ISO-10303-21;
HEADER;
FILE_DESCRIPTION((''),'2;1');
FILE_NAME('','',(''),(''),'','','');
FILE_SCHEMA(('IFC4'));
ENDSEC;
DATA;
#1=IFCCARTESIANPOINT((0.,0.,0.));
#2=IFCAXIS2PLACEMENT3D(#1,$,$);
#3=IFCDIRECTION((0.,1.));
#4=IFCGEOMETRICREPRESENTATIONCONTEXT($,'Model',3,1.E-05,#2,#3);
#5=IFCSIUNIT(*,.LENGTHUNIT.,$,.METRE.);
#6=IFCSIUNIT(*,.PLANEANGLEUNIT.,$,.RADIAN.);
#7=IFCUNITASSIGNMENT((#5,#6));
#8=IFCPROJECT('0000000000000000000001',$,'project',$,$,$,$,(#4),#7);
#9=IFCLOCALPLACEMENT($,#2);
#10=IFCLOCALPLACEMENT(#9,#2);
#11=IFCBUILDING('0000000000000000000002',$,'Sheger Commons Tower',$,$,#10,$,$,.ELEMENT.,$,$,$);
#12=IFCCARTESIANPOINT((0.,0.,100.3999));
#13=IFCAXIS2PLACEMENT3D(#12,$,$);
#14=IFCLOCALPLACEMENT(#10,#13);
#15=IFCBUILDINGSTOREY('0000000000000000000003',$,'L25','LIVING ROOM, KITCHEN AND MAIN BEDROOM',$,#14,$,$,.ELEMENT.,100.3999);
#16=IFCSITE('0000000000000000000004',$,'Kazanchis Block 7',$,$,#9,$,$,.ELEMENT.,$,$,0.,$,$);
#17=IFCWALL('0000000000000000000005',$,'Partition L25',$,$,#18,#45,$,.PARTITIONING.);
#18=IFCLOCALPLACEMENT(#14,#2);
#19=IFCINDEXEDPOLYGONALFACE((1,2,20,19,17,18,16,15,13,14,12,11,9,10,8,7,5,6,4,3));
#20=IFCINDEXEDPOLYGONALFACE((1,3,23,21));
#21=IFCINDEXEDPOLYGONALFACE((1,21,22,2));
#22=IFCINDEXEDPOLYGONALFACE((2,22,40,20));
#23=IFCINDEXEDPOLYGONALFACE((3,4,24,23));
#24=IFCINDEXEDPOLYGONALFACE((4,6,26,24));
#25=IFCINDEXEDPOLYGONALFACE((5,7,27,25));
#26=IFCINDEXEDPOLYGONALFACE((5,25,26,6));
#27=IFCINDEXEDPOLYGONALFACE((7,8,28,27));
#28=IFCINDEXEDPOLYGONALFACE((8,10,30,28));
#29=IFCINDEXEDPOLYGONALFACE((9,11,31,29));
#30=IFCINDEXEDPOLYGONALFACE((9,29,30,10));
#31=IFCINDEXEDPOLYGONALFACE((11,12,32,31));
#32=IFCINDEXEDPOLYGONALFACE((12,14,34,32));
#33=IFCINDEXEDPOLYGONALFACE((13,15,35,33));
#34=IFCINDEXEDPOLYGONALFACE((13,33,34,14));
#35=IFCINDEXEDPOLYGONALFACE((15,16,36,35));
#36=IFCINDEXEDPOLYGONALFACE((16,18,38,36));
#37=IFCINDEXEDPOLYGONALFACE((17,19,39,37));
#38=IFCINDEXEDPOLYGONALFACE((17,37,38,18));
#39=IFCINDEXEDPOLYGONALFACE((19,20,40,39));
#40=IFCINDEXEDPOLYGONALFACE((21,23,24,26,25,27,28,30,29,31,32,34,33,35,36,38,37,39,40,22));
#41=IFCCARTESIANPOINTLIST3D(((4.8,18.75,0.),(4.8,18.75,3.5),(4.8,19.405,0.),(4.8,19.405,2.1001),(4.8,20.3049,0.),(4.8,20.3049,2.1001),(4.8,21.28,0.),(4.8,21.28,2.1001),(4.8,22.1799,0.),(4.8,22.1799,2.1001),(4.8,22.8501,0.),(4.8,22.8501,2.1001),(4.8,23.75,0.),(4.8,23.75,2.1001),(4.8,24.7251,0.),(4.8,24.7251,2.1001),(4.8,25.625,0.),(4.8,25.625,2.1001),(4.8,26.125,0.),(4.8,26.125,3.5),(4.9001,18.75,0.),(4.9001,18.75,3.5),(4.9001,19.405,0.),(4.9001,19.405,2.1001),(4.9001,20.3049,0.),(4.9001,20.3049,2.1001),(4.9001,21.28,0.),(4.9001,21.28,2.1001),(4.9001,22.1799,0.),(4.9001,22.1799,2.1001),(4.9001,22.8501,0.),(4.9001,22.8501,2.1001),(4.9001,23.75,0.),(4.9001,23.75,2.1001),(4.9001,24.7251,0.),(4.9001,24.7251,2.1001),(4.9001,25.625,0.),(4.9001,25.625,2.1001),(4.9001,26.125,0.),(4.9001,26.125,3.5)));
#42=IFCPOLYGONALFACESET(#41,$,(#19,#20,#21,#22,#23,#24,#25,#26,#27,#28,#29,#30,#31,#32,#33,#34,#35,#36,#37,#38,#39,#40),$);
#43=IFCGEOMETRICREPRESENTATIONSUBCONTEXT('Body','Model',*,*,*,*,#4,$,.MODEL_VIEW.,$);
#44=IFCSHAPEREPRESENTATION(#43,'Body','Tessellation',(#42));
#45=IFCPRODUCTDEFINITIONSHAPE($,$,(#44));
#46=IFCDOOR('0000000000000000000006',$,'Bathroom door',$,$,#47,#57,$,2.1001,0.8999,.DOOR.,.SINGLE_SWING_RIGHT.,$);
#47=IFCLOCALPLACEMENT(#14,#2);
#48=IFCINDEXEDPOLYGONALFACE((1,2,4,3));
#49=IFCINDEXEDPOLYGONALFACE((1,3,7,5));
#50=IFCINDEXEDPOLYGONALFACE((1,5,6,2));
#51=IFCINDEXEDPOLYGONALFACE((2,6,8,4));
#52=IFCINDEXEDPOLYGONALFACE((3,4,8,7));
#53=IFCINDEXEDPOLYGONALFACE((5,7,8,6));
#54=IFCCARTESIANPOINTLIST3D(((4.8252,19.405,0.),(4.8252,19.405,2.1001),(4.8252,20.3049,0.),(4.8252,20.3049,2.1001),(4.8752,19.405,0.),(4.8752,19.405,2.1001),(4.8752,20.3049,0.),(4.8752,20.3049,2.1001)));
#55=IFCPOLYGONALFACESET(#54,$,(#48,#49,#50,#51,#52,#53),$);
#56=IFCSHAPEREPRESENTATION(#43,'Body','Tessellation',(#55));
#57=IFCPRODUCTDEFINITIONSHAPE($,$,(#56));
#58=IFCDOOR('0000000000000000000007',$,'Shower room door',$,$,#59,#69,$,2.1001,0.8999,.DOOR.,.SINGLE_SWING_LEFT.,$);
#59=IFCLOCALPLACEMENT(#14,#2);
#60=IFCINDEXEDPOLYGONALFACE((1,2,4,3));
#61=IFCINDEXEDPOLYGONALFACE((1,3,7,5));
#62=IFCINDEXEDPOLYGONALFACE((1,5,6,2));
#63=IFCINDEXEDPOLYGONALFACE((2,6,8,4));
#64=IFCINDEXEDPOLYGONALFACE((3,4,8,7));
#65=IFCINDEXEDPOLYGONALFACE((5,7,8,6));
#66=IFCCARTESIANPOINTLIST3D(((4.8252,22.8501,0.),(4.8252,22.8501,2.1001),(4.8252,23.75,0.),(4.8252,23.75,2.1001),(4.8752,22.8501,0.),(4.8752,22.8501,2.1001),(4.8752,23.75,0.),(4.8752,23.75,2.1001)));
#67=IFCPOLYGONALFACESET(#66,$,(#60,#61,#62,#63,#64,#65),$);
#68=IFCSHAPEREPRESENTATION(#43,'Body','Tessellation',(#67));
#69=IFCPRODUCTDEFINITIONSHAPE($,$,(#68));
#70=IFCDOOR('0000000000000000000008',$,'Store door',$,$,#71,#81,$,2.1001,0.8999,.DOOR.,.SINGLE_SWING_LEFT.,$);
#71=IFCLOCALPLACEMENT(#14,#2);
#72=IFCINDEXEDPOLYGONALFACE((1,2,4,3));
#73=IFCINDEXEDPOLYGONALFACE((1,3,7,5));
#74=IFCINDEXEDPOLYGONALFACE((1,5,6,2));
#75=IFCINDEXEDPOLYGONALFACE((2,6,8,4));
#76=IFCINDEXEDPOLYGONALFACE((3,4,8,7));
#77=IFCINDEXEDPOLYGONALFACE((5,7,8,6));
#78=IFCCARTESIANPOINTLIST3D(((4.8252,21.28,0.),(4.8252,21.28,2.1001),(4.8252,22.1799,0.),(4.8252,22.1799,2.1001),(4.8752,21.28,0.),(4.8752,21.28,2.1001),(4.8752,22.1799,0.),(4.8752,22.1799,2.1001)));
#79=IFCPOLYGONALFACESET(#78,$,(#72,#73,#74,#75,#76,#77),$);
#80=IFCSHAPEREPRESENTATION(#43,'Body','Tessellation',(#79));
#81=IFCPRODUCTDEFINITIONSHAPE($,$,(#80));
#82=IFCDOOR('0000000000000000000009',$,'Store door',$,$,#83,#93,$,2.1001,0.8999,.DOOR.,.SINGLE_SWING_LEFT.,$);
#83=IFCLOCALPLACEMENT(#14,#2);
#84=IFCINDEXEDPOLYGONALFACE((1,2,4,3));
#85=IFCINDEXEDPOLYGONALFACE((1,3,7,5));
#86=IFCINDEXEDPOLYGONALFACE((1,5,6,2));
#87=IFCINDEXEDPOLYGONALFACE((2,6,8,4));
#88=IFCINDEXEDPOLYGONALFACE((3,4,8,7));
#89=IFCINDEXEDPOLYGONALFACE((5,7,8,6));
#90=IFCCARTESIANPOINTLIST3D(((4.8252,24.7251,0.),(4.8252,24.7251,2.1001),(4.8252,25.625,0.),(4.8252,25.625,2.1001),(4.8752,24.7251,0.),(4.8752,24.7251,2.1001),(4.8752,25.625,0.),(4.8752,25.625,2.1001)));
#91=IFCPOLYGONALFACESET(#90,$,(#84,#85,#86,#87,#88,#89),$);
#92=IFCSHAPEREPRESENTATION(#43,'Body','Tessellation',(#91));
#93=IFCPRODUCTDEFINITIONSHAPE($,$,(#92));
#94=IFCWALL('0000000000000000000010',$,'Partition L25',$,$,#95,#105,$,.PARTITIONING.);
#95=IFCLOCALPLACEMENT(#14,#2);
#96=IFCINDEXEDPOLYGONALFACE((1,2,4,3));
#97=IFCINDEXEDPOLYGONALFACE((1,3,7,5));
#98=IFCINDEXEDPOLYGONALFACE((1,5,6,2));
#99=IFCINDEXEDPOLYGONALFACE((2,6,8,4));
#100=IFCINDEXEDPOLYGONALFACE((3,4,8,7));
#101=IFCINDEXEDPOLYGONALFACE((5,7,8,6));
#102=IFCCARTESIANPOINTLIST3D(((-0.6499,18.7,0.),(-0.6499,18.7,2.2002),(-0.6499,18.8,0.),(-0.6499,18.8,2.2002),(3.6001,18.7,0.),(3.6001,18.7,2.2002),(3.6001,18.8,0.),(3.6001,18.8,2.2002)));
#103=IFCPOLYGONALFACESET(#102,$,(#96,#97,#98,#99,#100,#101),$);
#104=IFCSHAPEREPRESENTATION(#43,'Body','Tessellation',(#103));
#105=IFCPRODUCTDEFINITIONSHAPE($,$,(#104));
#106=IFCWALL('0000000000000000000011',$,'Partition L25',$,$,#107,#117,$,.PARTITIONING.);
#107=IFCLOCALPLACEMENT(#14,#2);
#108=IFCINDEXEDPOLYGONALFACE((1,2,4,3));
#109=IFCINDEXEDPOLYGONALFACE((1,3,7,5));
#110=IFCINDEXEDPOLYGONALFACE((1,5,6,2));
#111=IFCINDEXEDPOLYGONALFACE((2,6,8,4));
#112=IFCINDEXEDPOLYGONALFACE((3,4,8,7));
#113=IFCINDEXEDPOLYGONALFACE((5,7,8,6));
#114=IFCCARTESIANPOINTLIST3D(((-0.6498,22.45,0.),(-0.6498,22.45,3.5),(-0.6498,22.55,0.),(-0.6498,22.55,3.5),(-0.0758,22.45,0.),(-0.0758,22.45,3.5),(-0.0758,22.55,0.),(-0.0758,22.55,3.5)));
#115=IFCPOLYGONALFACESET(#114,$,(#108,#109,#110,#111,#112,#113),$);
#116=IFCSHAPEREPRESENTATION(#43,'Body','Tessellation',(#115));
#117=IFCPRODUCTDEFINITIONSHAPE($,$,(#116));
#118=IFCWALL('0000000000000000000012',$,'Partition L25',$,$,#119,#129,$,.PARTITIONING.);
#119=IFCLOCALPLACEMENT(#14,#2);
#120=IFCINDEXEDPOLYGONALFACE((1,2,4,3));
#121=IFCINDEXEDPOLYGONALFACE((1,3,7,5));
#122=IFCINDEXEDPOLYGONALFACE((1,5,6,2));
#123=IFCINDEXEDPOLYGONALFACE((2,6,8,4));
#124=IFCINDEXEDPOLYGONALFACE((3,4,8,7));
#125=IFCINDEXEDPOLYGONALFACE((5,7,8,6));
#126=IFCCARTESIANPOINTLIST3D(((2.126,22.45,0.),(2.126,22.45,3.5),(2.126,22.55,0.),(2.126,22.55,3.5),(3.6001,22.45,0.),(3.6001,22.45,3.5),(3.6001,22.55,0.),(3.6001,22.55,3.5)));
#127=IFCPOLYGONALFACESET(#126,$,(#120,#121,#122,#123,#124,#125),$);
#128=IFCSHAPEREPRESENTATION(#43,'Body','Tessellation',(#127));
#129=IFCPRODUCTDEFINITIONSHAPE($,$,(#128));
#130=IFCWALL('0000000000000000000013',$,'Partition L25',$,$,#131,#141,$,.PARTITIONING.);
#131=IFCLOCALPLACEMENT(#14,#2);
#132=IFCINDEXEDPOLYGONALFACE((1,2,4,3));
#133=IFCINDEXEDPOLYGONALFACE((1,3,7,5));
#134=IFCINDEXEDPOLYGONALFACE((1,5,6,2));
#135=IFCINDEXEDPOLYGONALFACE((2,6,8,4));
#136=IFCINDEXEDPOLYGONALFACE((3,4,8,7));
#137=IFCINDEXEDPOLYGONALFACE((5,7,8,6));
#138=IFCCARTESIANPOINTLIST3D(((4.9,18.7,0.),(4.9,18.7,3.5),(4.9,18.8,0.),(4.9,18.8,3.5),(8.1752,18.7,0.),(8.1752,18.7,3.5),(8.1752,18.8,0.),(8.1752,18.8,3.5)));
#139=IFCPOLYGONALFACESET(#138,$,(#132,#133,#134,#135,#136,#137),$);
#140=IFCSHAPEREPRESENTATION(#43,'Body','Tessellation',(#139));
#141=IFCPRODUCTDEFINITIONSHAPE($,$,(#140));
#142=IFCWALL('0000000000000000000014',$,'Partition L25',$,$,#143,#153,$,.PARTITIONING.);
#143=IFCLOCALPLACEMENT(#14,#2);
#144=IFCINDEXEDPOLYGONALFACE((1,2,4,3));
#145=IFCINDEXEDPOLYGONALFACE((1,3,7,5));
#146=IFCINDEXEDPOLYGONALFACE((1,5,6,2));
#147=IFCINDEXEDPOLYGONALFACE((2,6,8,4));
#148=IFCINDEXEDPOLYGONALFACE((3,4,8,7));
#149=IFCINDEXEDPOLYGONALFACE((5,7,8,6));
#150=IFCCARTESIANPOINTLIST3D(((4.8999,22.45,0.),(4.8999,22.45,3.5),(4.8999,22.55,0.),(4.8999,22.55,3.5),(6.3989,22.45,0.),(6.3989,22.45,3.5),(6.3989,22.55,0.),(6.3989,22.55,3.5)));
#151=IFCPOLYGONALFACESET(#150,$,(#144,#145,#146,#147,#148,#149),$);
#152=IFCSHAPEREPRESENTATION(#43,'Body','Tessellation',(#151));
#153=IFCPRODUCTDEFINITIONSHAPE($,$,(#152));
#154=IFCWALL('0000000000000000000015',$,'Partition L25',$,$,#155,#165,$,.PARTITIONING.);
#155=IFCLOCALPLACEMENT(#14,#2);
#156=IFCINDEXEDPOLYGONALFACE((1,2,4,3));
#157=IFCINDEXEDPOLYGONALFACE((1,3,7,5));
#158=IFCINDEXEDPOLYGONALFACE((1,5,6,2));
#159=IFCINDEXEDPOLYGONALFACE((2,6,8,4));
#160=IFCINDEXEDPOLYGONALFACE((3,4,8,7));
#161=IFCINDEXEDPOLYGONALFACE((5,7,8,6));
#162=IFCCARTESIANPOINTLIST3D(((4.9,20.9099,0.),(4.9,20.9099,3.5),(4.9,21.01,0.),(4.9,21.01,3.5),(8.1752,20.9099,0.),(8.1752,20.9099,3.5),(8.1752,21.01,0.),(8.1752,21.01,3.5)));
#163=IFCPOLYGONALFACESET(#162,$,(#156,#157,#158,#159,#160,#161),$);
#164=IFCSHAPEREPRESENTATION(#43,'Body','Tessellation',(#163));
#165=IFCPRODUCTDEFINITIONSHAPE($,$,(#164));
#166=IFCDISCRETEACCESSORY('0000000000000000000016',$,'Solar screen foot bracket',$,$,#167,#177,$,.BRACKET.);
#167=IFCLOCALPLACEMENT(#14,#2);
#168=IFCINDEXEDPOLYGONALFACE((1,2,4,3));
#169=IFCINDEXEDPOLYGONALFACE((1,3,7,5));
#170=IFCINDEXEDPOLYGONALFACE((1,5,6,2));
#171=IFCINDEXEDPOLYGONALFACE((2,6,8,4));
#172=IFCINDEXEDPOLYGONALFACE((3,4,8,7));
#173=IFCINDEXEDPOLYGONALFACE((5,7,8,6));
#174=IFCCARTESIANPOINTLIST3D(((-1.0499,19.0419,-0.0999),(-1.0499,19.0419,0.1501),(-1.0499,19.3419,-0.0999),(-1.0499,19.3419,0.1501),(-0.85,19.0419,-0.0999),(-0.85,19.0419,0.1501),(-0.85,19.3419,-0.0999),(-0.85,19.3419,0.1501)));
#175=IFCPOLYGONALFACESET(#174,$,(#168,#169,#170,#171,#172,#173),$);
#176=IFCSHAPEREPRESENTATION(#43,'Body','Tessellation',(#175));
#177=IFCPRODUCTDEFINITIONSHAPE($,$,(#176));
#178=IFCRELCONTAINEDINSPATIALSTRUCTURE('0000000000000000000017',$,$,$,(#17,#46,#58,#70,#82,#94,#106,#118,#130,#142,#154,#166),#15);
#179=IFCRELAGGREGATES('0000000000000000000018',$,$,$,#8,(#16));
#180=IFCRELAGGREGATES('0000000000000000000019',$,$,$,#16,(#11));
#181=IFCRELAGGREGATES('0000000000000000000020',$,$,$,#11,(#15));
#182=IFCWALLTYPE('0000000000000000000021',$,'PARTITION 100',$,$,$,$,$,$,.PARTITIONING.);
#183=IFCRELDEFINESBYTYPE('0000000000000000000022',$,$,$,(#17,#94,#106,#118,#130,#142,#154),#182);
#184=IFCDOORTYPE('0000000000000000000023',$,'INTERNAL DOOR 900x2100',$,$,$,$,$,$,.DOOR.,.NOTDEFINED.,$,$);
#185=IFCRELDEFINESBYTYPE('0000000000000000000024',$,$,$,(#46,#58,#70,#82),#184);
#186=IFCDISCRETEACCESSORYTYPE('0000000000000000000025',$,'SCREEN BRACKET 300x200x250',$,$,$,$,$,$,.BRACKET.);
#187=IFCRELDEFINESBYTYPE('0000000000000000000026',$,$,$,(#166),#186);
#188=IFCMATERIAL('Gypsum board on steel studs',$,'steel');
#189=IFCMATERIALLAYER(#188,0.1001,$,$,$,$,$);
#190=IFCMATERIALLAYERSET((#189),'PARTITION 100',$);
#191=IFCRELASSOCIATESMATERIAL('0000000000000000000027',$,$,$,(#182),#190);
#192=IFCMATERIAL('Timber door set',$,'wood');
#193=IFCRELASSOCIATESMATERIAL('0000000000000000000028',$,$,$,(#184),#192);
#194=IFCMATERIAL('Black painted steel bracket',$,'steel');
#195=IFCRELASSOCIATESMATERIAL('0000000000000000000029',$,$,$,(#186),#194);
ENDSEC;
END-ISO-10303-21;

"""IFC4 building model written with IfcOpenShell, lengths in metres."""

from ifc_helpers import new_model, si_unit, direction, frame, frame_2d, origin, origin_2d, place, context, subcontext, project, spatial, rectangle, extrude, material, layer, layer_set, type_object, element, fill, save


model = new_model("IFC4")

# Units and contexts
model_context = context("Model", 3, precision=1e-05, world=origin(), true_north=direction((0.0, 1.0)))
body_context = subcontext(model_context, "Body", "Model", "MODEL_VIEW")
ifc_project = project(units=[si_unit("LENGTHUNIT", "METRE"), si_unit("PLANEANGLEUNIT", "RADIAN")], contexts=[model_context])

# Site, building, storey
site_placement = place(None, origin())
site = spatial("IfcSite", under=ifc_project, at=site_placement, Name="Kazanchis Block 7", CompositionType="ELEMENT", RefElevation=0.0)
building_placement = place(site_placement, origin())
building = spatial("IfcBuilding", under=site, at=building_placement, Name="Sheger Commons Tower", CompositionType="ELEMENT")
storey_placement = place(building_placement, frame((0.0, 0.0, 100.3999)))
storey = spatial("IfcBuildingStorey", under=building, at=storey_placement, Name="L25", Description="LIVING ROOM, KITCHEN AND MAIN BEDROOM", CompositionType="ELEMENT", Elevation=100.3999)

# Wall, openings, doors
ifc_material_1 = material(Name="Gypsum board on steel studs", Category="steel")
ifc_layer_1 = layer(ifc_material_1, 0.1001)
ifc_layer_set_1 = layer_set([ifc_layer_1], Name="PARTITION 100")
wall_type = type_object("IfcWallType", Name="PARTITION 100", PredefinedType="PARTITIONING", material=ifc_layer_set_1)
ifc_material_2 = material(Name="Timber door set", Category="wood")
door_type = type_object("IfcDoorType", Name="INTERNAL DOOR 900x2100", OperationType="NOTDEFINED", PredefinedType="DOOR", material=ifc_material_2)
wall_1_placement = place(storey_placement, frame((4.8501, 18.75, 0.0), z_axis=(0.0, 0.0, 1.0), x_axis=(0.0, 1.0, 0.0)))
wall_1 = element("IfcWall", 1, at=wall_1_placement, inside=storey, type_object=wall_type, Name="Partition L25", PredefinedType="PARTITIONING", context=body_context, shape_type="SweptSolid", body=[
    extrude(rectangle(XDim=7.375, YDim=0.1001, at=frame_2d((3.6875, 0.0))), origin(), (0.0, 0.0, 1.0), 3.5),
])
opening_1_placement = place(wall_1_placement, frame((0.655, 0.0, 0.0)))
opening_1 = element("IfcOpeningElement", 2, at=opening_1_placement, cuts=wall_1, PredefinedType="OPENING", context=body_context, shape_type="SweptSolid", body=[
    extrude(rectangle(XDim=0.8999, YDim=2.1001, at=frame_2d((0.45, 1.05))), frame((0.0, 0.0601, 0.0), z_axis=(0.0, -1.0, 0.0), x_axis=(1.0, 0.0, 0.0)), (0.0, 0.0, 1.0), 0.1201),
])
opening_2_placement = place(wall_1_placement, frame((4.1001, 0.0, 0.0)))
opening_2 = element("IfcOpeningElement", 3, at=opening_2_placement, cuts=wall_1, PredefinedType="OPENING", context=body_context, shape_type="SweptSolid", body=[
    extrude(rectangle(XDim=0.8999, YDim=2.1001, at=frame_2d((0.45, 1.05))), frame((0.0, 0.0601, 0.0), z_axis=(0.0, -1.0, 0.0), x_axis=(1.0, 0.0, 0.0)), (0.0, 0.0, 1.0), 0.1201),
])
opening_3_placement = place(wall_1_placement, frame((2.53, 0.0, 0.0)))
opening_3 = element("IfcOpeningElement", 4, at=opening_3_placement, cuts=wall_1, PredefinedType="OPENING", context=body_context, shape_type="SweptSolid", body=[
    extrude(rectangle(XDim=0.8999, YDim=2.1001, at=frame_2d((0.45, 1.05))), frame((0.0, 0.0601, 0.0), z_axis=(0.0, -1.0, 0.0), x_axis=(1.0, 0.0, 0.0)), (0.0, 0.0, 1.0), 0.1201),
])
opening_4_placement = place(wall_1_placement, frame((5.9751, 0.0, 0.0)))
opening_4 = element("IfcOpeningElement", 5, at=opening_4_placement, cuts=wall_1, PredefinedType="OPENING", context=body_context, shape_type="SweptSolid", body=[
    extrude(rectangle(XDim=0.8999, YDim=2.1001, at=frame_2d((0.45, 1.05))), frame((0.0, 0.0601, 0.0), z_axis=(0.0, -1.0, 0.0), x_axis=(1.0, 0.0, 0.0)), (0.0, 0.0, 1.0), 0.1201),
])
door_1_placement = place(opening_1_placement, origin())
door_1 = element("IfcDoor", 6, at=door_1_placement, inside=storey, type_object=door_type, Name="Bathroom door", OperationType="SINGLE_SWING_RIGHT", OverallHeight=2.1001, OverallWidth=0.8999, PredefinedType="DOOR", context=body_context, shape_type="SweptSolid", body=[
    extrude(rectangle(XDim=0.8999, YDim=2.1001, at=frame_2d((0.45, 1.05))), frame((0.0, 0.0249, 0.0), z_axis=(0.0, -1.0, 0.0), x_axis=(1.0, 0.0, 0.0)), (0.0, 0.0, 1.0), 0.05),
])
fill(opening_1, door_1)
door_2_placement = place(opening_2_placement, origin())
door_2 = element("IfcDoor", 7, at=door_2_placement, inside=storey, type_object=door_type, Name="Shower room door", OperationType="SINGLE_SWING_LEFT", OverallHeight=2.1001, OverallWidth=0.8999, PredefinedType="DOOR", context=body_context, shape_type="SweptSolid", body=[
    extrude(rectangle(XDim=0.8999, YDim=2.1001, at=frame_2d((0.45, 1.05))), frame((0.0, 0.0249, 0.0), z_axis=(0.0, -1.0, 0.0), x_axis=(1.0, 0.0, 0.0)), (0.0, 0.0, 1.0), 0.05),
])
fill(opening_2, door_2)
door_3_placement = place(opening_3_placement, origin())
door_3 = element("IfcDoor", 8, at=door_3_placement, inside=storey, type_object=door_type, Name="Store door", OperationType="SINGLE_SWING_LEFT", OverallHeight=2.1001, OverallWidth=0.8999, PredefinedType="DOOR", context=body_context, shape_type="SweptSolid", body=[
    extrude(rectangle(XDim=0.8999, YDim=2.1001, at=frame_2d((0.45, 1.05))), frame((0.0, 0.0249, 0.0), z_axis=(0.0, -1.0, 0.0), x_axis=(1.0, 0.0, 0.0)), (0.0, 0.0, 1.0), 0.05),
])
fill(opening_3, door_3)
door_4_placement = place(opening_4_placement, origin())
door_4 = element("IfcDoor", 9, at=door_4_placement, inside=storey, type_object=door_type, Name="Store door", OperationType="SINGLE_SWING_LEFT", OverallHeight=2.1001, OverallWidth=0.8999, PredefinedType="DOOR", context=body_context, shape_type="SweptSolid", body=[
    extrude(rectangle(XDim=0.8999, YDim=2.1001, at=frame_2d((0.45, 1.05))), frame((0.0, 0.0249, 0.0), z_axis=(0.0, -1.0, 0.0), x_axis=(1.0, 0.0, 0.0)), (0.0, 0.0, 1.0), 0.05),
])
fill(opening_4, door_4)

# Walls
wall_2_placement = place(storey_placement, frame((-0.6499, 18.75, 0.0), z_axis=(0.0, 0.0, 1.0), x_axis=(1.0, 0.0, 0.0)))
element("IfcWall", 10, at=wall_2_placement, inside=storey, type_object=wall_type, Name="Partition L25", PredefinedType="PARTITIONING", context=body_context, shape_type="SweptSolid", body=[
    extrude(rectangle(XDim=4.25, YDim=0.1001, at=frame_2d((2.125, 0.0))), origin(), (0.0, 0.0, 1.0), 2.2002),
])
wall_3_placement = place(storey_placement, frame((-0.6499, 22.5, 0.0), z_axis=(0.0, 0.0, 1.0), x_axis=(1.0, 0.0, 0.0)))
element("IfcWall", 11, at=wall_3_placement, inside=storey, type_object=wall_type, Name="Partition L25", PredefinedType="PARTITIONING", context=body_context, shape_type="SweptSolid", body=[
    extrude(rectangle(XDim=0.574, YDim=0.1001, at=frame_2d((0.2871, 0.0))), origin(), (0.0, 0.0, 1.0), 3.5),
])
wall_4_placement = place(storey_placement, frame((2.126, 22.5, 0.0), z_axis=(0.0, 0.0, 1.0), x_axis=(1.0, 0.0, 0.0)))
element("IfcWall", 12, at=wall_4_placement, inside=storey, type_object=wall_type, Name="Partition L25", PredefinedType="PARTITIONING", context=body_context, shape_type="SweptSolid", body=[
    extrude(rectangle(XDim=1.4741, YDim=0.1001, at=frame_2d((0.7371, 0.0))), origin(), (0.0, 0.0, 1.0), 3.5),
])
wall_5_placement = place(storey_placement, frame((4.8999, 18.75, 0.0), z_axis=(0.0, 0.0, 1.0), x_axis=(1.0, 0.0, 0.0)))
element("IfcWall", 13, at=wall_5_placement, inside=storey, type_object=wall_type, Name="Partition L25", PredefinedType="PARTITIONING", context=body_context, shape_type="SweptSolid", body=[
    extrude(rectangle(XDim=3.2751, YDim=0.1001, at=frame_2d((1.6377, 0.0))), origin(), (0.0, 0.0, 1.0), 3.5),
])
wall_6_placement = place(storey_placement, frame((4.8999, 22.5, 0.0), z_axis=(0.0, 0.0, 1.0), x_axis=(1.0, 0.0, 0.0)))
element("IfcWall", 14, at=wall_6_placement, inside=storey, type_object=wall_type, Name="Partition L25", PredefinedType="PARTITIONING", context=body_context, shape_type="SweptSolid", body=[
    extrude(rectangle(XDim=1.499, YDim=0.1001, at=frame_2d((0.7495, 0.0))), origin(), (0.0, 0.0, 1.0), 3.5),
])
wall_7_placement = place(storey_placement, frame((4.8999, 20.96, 0.0), z_axis=(0.0, 0.0, 1.0), x_axis=(1.0, 0.0, 0.0)))
element("IfcWall", 15, at=wall_7_placement, inside=storey, type_object=wall_type, Name="Partition L25", PredefinedType="PARTITIONING", context=body_context, shape_type="SweptSolid", body=[
    extrude(rectangle(XDim=3.2751, YDim=0.1001, at=frame_2d((1.6377, 0.0))), origin(), (0.0, 0.0, 1.0), 3.5),
])

# Discrete accessory
ifc_material_3 = material(Name="Black painted steel bracket", Category="steel")
discrete_accessory_type = type_object("IfcDiscreteAccessoryType", Name="SCREEN BRACKET 300x200x250", PredefinedType="BRACKET", material=ifc_material_3)
for number, where, z_axis, x_axis, name in (
    (16, (-0.95, 19.1919, -0.0999), (0.0, 0.0, 1.0), (0.0, -1.0, 0.0), "Solar screen foot bracket"),
):
    element("IfcDiscreteAccessory", number, at=place(storey_placement, frame(where, z_axis=z_axis, x_axis=x_axis)), inside=storey, type_object=discrete_accessory_type, Name=name, PredefinedType="BRACKET", context=body_context, shape_type="SweptSolid", body=[
        extrude(rectangle(XDim=0.3, YDim=0.2, at=origin_2d()), origin(), (0.0, 0.0, 1.0), 0.25),
    ])

save(model, "model.ifc")
